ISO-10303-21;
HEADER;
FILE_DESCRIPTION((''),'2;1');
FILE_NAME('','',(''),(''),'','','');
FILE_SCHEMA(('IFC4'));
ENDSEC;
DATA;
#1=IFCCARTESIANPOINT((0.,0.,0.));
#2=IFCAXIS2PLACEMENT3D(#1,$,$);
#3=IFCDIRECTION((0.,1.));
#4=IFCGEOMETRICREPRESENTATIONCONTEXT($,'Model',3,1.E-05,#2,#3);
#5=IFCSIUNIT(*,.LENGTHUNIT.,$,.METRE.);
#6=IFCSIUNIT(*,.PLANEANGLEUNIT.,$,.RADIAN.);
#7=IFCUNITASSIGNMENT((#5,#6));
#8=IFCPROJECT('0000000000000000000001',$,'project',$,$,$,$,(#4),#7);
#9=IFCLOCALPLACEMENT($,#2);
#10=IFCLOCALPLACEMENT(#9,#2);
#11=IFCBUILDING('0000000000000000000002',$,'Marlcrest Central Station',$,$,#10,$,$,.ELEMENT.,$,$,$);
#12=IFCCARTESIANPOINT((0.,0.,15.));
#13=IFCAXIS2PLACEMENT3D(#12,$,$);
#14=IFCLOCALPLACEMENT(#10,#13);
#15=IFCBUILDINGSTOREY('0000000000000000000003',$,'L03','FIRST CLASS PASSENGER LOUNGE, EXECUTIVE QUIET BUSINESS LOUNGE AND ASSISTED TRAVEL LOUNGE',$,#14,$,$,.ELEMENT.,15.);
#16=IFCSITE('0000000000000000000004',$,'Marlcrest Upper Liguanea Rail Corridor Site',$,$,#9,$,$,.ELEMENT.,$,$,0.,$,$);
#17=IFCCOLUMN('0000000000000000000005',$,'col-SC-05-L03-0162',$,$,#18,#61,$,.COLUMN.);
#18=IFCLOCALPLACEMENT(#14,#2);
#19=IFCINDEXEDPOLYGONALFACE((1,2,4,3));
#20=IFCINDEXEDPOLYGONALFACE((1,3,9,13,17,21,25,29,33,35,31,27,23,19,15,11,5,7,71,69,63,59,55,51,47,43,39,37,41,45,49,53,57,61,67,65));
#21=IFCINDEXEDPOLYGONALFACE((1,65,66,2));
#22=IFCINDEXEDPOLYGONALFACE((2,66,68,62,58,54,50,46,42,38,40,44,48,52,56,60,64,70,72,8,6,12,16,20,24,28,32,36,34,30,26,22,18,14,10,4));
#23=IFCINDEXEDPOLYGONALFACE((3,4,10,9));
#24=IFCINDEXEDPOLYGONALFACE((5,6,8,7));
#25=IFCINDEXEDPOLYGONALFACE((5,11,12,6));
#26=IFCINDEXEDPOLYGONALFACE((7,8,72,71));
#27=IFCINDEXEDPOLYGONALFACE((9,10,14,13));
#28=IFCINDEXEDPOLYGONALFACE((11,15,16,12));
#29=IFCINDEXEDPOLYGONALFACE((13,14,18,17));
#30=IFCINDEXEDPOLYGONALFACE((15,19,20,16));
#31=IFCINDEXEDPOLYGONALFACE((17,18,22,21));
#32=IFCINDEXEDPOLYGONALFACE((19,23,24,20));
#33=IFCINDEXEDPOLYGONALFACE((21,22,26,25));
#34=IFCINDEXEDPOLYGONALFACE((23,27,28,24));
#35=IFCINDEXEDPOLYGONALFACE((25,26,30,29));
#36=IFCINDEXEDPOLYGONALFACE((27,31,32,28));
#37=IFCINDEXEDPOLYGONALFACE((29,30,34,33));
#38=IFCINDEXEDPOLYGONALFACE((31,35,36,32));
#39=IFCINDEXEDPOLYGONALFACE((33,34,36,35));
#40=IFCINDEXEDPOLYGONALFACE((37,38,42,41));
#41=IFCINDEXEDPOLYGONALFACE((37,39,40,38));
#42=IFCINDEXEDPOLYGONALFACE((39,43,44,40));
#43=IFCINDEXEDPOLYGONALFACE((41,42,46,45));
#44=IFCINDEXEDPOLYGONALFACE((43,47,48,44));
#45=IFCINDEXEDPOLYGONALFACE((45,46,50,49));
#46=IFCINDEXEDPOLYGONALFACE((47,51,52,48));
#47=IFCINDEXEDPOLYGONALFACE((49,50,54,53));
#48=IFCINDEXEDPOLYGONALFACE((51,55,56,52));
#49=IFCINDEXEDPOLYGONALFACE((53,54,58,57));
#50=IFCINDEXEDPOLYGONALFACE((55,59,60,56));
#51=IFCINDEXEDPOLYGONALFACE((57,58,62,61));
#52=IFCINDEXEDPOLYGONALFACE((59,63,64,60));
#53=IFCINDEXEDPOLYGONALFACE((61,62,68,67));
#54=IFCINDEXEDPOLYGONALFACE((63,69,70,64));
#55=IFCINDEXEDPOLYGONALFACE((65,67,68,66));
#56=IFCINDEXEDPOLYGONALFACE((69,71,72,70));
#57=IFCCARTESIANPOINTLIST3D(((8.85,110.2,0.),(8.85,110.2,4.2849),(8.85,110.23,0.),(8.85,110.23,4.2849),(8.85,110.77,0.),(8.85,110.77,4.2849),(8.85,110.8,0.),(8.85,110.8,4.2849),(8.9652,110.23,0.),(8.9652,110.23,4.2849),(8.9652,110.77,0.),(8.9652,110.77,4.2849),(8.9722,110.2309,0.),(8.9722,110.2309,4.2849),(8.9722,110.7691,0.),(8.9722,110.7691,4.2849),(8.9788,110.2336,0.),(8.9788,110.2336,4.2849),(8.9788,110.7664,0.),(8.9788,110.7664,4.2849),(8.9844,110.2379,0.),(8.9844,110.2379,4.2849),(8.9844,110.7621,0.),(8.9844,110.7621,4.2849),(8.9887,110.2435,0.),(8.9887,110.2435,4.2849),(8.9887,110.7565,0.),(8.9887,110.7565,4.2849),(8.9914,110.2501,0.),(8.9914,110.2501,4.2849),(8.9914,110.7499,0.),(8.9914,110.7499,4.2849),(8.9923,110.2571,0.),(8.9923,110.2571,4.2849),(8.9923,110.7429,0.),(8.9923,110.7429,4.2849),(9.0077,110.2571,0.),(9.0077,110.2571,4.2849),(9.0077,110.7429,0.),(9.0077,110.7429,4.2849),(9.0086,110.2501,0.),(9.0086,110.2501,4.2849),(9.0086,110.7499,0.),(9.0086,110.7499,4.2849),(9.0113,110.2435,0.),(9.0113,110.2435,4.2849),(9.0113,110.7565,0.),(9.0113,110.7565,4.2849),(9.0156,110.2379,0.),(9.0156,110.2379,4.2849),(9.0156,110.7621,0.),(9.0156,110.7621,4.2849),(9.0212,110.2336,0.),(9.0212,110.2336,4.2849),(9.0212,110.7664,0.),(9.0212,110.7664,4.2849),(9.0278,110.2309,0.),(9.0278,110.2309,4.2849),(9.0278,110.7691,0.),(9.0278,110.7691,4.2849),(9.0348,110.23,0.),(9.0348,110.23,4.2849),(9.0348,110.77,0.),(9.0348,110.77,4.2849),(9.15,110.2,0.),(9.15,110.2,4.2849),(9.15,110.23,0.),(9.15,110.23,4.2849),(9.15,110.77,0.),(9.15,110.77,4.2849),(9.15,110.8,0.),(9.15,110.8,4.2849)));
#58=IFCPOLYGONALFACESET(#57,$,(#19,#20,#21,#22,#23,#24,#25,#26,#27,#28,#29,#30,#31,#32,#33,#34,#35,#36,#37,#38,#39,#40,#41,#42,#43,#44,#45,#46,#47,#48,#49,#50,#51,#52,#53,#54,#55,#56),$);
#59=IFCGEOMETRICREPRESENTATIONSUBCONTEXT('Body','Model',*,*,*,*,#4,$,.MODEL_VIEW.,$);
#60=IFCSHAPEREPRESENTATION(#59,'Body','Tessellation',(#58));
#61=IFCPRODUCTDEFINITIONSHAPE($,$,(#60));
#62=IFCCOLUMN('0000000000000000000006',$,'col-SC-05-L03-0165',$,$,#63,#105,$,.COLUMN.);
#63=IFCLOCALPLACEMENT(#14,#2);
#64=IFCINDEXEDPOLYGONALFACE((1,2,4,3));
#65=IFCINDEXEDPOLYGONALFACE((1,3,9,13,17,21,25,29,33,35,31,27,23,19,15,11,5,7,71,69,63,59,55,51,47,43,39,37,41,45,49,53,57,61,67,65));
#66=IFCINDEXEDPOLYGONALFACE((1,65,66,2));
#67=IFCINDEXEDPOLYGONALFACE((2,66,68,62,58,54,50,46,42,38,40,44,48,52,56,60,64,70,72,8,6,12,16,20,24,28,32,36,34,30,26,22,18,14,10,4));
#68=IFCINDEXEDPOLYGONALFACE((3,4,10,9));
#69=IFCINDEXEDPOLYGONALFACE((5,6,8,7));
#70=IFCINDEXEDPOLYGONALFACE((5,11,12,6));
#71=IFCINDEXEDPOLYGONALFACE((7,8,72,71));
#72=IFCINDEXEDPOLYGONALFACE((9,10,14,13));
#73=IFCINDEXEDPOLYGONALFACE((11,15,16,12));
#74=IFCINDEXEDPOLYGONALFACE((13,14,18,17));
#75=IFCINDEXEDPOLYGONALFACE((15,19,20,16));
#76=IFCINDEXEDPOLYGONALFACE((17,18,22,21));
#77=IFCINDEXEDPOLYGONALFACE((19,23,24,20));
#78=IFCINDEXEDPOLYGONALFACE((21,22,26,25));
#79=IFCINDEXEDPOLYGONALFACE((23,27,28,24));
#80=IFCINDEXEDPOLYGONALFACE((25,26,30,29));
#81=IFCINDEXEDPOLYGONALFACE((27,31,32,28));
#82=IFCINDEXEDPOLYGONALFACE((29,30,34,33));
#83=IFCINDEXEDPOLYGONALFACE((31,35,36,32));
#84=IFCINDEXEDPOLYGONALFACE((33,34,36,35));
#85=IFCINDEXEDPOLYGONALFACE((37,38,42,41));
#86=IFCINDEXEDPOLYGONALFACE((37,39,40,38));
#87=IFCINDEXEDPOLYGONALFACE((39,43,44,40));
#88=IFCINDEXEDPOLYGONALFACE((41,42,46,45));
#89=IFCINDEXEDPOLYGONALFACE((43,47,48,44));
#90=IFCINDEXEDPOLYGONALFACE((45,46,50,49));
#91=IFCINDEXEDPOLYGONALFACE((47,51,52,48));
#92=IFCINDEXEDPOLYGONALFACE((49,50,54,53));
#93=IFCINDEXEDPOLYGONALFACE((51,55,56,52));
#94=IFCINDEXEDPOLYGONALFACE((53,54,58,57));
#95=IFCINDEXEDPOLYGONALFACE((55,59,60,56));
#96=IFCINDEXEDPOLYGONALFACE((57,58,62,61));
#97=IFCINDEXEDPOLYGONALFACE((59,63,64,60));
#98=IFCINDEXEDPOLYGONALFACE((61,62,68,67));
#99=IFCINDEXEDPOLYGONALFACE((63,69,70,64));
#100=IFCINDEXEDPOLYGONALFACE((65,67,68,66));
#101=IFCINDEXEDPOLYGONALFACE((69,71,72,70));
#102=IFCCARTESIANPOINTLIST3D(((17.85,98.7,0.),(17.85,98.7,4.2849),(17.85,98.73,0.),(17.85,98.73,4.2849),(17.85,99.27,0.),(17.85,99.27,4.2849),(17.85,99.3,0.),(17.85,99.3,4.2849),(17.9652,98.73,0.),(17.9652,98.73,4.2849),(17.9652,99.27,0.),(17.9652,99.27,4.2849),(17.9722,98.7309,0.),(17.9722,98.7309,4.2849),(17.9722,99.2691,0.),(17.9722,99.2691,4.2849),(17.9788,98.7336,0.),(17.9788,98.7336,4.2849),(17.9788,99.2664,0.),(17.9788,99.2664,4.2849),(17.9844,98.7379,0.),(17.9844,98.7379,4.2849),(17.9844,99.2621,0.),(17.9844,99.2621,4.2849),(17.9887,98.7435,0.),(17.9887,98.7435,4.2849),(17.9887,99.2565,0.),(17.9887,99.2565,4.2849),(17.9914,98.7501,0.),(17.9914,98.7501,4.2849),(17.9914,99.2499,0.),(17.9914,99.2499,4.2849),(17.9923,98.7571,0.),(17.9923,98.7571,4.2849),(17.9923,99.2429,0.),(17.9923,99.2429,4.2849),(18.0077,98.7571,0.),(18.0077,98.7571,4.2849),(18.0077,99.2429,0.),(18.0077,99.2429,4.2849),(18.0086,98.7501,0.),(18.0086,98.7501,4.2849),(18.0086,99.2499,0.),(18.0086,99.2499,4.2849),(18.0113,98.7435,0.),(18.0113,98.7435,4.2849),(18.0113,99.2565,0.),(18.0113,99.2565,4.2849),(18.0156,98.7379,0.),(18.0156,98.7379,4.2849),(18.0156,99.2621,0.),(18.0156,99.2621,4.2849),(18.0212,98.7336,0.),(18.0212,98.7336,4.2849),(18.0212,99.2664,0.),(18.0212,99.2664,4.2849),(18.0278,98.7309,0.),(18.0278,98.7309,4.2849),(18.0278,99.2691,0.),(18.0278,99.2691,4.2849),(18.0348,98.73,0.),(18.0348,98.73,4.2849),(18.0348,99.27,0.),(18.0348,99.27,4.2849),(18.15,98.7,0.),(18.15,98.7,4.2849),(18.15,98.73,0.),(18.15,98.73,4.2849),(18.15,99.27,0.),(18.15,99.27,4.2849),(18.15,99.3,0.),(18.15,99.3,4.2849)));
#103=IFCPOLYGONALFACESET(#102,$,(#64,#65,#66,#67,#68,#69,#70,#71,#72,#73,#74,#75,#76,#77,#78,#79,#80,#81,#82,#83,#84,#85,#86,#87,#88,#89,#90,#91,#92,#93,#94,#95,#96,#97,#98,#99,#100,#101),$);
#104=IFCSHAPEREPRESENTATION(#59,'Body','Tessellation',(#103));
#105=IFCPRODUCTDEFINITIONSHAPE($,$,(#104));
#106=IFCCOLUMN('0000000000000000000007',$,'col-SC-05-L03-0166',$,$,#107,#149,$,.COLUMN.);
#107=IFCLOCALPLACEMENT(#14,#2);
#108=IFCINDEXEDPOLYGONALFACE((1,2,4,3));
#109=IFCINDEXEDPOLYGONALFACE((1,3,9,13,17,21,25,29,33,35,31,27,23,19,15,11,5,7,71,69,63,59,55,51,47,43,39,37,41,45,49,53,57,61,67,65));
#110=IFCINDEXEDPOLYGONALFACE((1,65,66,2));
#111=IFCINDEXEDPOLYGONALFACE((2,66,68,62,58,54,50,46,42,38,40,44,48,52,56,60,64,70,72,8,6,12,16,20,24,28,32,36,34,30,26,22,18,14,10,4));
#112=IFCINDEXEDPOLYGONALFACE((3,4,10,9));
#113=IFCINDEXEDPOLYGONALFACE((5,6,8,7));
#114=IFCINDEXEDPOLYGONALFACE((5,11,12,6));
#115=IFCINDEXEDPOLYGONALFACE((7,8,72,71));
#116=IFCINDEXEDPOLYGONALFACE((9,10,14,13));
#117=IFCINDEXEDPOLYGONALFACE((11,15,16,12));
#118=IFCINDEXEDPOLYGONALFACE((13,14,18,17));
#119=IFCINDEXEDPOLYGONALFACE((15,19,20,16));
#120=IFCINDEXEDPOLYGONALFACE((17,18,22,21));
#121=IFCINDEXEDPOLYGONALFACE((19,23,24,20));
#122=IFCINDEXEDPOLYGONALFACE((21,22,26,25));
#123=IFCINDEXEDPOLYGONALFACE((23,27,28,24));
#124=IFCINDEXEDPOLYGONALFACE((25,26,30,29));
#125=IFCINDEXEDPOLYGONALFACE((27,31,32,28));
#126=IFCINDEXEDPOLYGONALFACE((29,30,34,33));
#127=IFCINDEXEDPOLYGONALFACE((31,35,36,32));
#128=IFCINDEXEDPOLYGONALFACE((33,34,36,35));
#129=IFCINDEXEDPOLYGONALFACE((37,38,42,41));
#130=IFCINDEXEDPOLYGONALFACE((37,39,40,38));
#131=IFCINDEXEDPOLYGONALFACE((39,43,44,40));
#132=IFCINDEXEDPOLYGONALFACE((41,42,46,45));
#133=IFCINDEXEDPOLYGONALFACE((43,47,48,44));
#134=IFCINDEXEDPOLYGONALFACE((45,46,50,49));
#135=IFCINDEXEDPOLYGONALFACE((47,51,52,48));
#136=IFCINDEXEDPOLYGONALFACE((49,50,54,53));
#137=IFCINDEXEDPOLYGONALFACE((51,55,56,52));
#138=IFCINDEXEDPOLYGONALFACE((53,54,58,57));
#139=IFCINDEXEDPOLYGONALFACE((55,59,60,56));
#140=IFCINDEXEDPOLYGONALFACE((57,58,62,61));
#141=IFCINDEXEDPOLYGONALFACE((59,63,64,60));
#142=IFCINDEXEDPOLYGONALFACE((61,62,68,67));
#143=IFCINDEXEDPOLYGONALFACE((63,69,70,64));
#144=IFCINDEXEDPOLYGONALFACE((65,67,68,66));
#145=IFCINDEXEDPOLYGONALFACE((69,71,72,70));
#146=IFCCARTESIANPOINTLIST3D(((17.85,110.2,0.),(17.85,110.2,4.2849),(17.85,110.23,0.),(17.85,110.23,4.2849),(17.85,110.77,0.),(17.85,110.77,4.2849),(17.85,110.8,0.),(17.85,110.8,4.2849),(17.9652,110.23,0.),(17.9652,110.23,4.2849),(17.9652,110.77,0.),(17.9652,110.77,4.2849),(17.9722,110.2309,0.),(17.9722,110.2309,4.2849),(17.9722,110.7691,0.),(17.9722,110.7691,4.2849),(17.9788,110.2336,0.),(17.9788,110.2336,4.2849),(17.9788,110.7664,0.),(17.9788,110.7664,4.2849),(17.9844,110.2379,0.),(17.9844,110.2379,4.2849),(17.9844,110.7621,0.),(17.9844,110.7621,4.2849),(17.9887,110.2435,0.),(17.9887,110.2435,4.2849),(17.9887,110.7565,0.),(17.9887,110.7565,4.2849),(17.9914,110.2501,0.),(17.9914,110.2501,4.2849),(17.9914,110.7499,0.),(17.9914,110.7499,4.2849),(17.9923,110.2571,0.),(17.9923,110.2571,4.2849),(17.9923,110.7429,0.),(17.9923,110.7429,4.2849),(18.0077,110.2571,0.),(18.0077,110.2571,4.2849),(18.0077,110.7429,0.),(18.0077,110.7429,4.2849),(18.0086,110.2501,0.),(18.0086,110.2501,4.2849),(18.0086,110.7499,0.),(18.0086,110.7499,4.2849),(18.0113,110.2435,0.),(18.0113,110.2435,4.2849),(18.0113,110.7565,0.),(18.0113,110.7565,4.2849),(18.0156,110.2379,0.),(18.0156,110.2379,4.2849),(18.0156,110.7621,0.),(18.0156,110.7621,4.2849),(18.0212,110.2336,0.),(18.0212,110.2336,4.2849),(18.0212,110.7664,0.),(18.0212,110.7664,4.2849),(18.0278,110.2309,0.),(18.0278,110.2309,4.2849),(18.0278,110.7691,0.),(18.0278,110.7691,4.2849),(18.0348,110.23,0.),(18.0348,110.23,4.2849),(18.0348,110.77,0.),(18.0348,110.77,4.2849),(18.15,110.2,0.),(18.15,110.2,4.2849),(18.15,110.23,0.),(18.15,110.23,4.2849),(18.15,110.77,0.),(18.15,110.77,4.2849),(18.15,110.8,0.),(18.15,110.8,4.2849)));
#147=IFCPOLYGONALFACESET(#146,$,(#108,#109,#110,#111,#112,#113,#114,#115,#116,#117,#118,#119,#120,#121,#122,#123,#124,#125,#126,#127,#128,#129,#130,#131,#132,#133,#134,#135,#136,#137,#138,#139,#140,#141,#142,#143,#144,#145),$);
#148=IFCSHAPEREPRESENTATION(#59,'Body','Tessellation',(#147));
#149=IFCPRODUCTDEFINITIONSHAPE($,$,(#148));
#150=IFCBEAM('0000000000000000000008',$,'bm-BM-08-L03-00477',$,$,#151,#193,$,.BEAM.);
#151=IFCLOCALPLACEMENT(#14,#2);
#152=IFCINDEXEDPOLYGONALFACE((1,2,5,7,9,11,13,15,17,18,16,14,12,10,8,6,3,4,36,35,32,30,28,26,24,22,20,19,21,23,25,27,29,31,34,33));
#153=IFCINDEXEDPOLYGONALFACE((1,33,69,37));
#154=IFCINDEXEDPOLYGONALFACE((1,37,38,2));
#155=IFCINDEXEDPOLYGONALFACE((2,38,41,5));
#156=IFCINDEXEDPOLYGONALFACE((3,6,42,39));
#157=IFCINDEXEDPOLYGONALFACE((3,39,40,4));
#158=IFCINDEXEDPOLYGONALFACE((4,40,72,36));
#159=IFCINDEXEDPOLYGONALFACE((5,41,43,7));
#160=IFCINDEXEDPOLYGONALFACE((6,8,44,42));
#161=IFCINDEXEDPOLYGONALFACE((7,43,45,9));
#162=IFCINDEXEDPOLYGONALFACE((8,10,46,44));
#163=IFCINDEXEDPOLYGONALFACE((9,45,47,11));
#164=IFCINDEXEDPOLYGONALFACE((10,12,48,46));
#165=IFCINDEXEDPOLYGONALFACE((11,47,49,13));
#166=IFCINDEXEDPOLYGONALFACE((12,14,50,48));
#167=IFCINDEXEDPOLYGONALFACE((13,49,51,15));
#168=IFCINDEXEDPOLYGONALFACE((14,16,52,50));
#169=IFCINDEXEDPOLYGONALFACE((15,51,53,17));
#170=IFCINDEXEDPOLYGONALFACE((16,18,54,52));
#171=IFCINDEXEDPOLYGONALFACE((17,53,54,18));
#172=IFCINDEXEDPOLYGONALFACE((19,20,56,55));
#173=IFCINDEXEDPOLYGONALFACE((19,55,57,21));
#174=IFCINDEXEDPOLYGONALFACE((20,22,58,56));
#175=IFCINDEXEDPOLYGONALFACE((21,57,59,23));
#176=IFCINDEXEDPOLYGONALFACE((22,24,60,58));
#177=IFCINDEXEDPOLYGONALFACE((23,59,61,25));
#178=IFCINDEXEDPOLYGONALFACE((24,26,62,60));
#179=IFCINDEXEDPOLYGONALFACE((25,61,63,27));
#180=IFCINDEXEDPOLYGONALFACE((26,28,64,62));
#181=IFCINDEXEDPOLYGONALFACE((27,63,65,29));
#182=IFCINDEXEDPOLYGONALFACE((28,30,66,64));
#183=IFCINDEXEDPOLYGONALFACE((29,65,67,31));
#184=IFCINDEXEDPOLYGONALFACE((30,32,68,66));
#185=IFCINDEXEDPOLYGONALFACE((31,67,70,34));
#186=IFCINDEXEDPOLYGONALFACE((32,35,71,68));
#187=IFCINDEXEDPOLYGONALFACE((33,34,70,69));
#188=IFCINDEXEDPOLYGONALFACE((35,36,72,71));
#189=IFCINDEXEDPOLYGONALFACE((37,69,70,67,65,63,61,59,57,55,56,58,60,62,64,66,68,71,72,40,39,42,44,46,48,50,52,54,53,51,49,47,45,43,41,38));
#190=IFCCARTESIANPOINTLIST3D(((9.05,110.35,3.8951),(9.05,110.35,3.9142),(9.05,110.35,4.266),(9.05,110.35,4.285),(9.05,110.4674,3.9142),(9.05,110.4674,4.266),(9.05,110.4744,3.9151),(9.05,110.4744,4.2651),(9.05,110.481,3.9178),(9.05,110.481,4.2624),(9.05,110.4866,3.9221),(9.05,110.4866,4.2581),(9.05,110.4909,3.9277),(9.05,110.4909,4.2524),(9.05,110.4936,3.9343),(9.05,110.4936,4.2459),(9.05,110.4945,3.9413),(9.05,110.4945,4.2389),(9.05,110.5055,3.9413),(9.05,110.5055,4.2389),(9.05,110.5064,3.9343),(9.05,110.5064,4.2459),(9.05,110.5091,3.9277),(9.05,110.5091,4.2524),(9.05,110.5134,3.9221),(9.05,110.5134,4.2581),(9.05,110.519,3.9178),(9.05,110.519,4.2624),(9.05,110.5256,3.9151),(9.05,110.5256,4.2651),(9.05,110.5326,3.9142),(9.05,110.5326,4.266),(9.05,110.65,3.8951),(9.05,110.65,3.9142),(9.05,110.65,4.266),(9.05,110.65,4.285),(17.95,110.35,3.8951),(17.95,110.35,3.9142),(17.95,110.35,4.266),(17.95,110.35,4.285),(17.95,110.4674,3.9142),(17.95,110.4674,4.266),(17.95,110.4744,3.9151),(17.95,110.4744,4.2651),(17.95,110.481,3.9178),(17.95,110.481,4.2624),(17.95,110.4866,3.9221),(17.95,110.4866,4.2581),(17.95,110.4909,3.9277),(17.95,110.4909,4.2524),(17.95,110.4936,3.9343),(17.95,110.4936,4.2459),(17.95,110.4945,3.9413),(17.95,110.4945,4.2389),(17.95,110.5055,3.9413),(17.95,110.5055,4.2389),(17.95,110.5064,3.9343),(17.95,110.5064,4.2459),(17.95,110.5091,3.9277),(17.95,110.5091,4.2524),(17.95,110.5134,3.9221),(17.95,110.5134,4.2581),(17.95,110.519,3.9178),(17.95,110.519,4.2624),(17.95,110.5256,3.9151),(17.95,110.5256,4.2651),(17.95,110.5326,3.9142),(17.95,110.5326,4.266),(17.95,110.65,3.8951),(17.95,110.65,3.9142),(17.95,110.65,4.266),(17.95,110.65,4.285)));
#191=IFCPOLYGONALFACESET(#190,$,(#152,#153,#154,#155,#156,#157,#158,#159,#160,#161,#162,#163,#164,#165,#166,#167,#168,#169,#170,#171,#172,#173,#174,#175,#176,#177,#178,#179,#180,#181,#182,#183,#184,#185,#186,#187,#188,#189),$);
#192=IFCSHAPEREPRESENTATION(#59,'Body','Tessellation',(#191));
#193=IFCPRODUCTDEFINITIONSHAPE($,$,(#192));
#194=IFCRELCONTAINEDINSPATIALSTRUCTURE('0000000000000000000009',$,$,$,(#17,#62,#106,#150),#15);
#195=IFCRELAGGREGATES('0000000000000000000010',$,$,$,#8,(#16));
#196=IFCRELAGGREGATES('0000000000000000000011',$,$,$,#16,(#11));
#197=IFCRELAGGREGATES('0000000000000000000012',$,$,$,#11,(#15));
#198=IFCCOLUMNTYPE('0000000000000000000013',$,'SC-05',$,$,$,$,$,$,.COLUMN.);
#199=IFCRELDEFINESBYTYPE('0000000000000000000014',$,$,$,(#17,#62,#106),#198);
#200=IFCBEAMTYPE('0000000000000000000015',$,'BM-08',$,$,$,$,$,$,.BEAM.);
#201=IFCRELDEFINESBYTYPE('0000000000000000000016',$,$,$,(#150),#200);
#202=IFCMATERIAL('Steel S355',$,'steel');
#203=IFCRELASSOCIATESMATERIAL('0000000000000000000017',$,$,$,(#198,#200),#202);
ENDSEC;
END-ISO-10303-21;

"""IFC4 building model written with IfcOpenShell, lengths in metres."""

from ifc_helpers import new_model, si_unit, direction, frame, origin, origin_2d, place, context, subcontext, project, spatial, i_section, extrude, material, material_profile, profile_set, type_object, element, save


model = new_model("IFC4")

# Units and contexts
model_context = context("Model", 3, precision=1e-05, world=origin(), true_north=direction((0.0, 1.0)))
body_context = subcontext(model_context, "Body", "Model", "MODEL_VIEW")
ifc_project = project(units=[si_unit("LENGTHUNIT", "METRE"), si_unit("PLANEANGLEUNIT", "RADIAN")], contexts=[model_context])

# Site, building, storey
site_placement = place(None, origin())
site = spatial("IfcSite", under=ifc_project, at=site_placement, Name="Marlcrest Upper Liguanea Rail Corridor Site", CompositionType="ELEMENT", RefElevation=0.0)
building_placement = place(site_placement, origin())
building = spatial("IfcBuilding", under=site, at=building_placement, Name="Marlcrest Central Station", CompositionType="ELEMENT")
storey_placement = place(building_placement, frame((0.0, 0.0, 15.0)))
storey = spatial("IfcBuildingStorey", under=building, at=storey_placement, Name="L03", Description="FIRST CLASS PASSENGER LOUNGE, EXECUTIVE QUIET BUSINESS LOUNGE AND ASSISTED TRAVEL LOUNGE", CompositionType="ELEMENT", Elevation=15.0)

# Columns
ifc_material_1 = material(Name="Steel S355", Category="steel")
ifc_material_profile_1 = material_profile(ifc_material_1, i_section(OverallWidth=0.3, OverallDepth=0.6001, WebThickness=0.0154, FlangeThickness=0.03, FilletRadius=0.0271, at=origin_2d()), Name="HEB 600")
ifc_profile_set_1 = profile_set([ifc_material_profile_1], Name="Steel S355")
column_type = type_object("IfcColumnType", Name="SC-05", PredefinedType="COLUMN", material=ifc_profile_set_1)
for number, where, z_axis, x_axis, name in (
    (1, (9.0, 110.5, 0.0), (0.0, 0.0, 1.0), (1.0, 0.0, 0.0), "col-SC-05-L03-0162"),
    (2, (18.0, 99.0, 0.0), (0.0, 0.0, 1.0), (1.0, 0.0, 0.0), "col-SC-05-L03-0165"),
    (3, (18.0, 110.5, 0.0), (0.0, 0.0, 1.0), (1.0, 0.0, 0.0), "col-SC-05-L03-0166"),
):
    element("IfcColumn", number, at=place(storey_placement, frame(where, z_axis=z_axis, x_axis=x_axis)), inside=storey, type_object=column_type, Name=name, PredefinedType="COLUMN", context=body_context, shape_type="SweptSolid", body=[
        extrude(i_section(OverallWidth=0.3, OverallDepth=0.6001, WebThickness=0.0154, FlangeThickness=0.03, FilletRadius=0.0271, at=origin_2d()), origin(), (0.0, 0.0, 1.0), 4.2849),
    ])

# Beam
ifc_material_profile_2 = material_profile(ifc_material_1, i_section(OverallWidth=0.3, OverallDepth=0.3899, WebThickness=0.011, FlangeThickness=0.019, FilletRadius=0.0271, at=origin_2d()), Name="HEA 400")
ifc_profile_set_2 = profile_set([ifc_material_profile_2], Name="Steel S355")
beam_type_1 = type_object("IfcBeamType", Name="BM-08", PredefinedType="BEAM", material=ifc_profile_set_2)
for number, where, z_axis, x_axis, name in (
    (4, (9.05, 110.5, 4.0901), (1.0, 0.0, 0.0), (0.0, 1.0, 0.0), "bm-BM-08-L03-00477"),
):
    element("IfcBeam", number, at=place(storey_placement, frame(where, z_axis=z_axis, x_axis=x_axis)), inside=storey, type_object=beam_type_1, Name=name, PredefinedType="BEAM", context=body_context, shape_type="SweptSolid", body=[
        extrude(i_section(OverallWidth=0.3, OverallDepth=0.3899, WebThickness=0.011, FlangeThickness=0.019, FilletRadius=0.0271, at=origin_2d()), origin(), (0.0, 0.0, 1.0), 8.8999),
    ])

save(model, "model.ifc")
